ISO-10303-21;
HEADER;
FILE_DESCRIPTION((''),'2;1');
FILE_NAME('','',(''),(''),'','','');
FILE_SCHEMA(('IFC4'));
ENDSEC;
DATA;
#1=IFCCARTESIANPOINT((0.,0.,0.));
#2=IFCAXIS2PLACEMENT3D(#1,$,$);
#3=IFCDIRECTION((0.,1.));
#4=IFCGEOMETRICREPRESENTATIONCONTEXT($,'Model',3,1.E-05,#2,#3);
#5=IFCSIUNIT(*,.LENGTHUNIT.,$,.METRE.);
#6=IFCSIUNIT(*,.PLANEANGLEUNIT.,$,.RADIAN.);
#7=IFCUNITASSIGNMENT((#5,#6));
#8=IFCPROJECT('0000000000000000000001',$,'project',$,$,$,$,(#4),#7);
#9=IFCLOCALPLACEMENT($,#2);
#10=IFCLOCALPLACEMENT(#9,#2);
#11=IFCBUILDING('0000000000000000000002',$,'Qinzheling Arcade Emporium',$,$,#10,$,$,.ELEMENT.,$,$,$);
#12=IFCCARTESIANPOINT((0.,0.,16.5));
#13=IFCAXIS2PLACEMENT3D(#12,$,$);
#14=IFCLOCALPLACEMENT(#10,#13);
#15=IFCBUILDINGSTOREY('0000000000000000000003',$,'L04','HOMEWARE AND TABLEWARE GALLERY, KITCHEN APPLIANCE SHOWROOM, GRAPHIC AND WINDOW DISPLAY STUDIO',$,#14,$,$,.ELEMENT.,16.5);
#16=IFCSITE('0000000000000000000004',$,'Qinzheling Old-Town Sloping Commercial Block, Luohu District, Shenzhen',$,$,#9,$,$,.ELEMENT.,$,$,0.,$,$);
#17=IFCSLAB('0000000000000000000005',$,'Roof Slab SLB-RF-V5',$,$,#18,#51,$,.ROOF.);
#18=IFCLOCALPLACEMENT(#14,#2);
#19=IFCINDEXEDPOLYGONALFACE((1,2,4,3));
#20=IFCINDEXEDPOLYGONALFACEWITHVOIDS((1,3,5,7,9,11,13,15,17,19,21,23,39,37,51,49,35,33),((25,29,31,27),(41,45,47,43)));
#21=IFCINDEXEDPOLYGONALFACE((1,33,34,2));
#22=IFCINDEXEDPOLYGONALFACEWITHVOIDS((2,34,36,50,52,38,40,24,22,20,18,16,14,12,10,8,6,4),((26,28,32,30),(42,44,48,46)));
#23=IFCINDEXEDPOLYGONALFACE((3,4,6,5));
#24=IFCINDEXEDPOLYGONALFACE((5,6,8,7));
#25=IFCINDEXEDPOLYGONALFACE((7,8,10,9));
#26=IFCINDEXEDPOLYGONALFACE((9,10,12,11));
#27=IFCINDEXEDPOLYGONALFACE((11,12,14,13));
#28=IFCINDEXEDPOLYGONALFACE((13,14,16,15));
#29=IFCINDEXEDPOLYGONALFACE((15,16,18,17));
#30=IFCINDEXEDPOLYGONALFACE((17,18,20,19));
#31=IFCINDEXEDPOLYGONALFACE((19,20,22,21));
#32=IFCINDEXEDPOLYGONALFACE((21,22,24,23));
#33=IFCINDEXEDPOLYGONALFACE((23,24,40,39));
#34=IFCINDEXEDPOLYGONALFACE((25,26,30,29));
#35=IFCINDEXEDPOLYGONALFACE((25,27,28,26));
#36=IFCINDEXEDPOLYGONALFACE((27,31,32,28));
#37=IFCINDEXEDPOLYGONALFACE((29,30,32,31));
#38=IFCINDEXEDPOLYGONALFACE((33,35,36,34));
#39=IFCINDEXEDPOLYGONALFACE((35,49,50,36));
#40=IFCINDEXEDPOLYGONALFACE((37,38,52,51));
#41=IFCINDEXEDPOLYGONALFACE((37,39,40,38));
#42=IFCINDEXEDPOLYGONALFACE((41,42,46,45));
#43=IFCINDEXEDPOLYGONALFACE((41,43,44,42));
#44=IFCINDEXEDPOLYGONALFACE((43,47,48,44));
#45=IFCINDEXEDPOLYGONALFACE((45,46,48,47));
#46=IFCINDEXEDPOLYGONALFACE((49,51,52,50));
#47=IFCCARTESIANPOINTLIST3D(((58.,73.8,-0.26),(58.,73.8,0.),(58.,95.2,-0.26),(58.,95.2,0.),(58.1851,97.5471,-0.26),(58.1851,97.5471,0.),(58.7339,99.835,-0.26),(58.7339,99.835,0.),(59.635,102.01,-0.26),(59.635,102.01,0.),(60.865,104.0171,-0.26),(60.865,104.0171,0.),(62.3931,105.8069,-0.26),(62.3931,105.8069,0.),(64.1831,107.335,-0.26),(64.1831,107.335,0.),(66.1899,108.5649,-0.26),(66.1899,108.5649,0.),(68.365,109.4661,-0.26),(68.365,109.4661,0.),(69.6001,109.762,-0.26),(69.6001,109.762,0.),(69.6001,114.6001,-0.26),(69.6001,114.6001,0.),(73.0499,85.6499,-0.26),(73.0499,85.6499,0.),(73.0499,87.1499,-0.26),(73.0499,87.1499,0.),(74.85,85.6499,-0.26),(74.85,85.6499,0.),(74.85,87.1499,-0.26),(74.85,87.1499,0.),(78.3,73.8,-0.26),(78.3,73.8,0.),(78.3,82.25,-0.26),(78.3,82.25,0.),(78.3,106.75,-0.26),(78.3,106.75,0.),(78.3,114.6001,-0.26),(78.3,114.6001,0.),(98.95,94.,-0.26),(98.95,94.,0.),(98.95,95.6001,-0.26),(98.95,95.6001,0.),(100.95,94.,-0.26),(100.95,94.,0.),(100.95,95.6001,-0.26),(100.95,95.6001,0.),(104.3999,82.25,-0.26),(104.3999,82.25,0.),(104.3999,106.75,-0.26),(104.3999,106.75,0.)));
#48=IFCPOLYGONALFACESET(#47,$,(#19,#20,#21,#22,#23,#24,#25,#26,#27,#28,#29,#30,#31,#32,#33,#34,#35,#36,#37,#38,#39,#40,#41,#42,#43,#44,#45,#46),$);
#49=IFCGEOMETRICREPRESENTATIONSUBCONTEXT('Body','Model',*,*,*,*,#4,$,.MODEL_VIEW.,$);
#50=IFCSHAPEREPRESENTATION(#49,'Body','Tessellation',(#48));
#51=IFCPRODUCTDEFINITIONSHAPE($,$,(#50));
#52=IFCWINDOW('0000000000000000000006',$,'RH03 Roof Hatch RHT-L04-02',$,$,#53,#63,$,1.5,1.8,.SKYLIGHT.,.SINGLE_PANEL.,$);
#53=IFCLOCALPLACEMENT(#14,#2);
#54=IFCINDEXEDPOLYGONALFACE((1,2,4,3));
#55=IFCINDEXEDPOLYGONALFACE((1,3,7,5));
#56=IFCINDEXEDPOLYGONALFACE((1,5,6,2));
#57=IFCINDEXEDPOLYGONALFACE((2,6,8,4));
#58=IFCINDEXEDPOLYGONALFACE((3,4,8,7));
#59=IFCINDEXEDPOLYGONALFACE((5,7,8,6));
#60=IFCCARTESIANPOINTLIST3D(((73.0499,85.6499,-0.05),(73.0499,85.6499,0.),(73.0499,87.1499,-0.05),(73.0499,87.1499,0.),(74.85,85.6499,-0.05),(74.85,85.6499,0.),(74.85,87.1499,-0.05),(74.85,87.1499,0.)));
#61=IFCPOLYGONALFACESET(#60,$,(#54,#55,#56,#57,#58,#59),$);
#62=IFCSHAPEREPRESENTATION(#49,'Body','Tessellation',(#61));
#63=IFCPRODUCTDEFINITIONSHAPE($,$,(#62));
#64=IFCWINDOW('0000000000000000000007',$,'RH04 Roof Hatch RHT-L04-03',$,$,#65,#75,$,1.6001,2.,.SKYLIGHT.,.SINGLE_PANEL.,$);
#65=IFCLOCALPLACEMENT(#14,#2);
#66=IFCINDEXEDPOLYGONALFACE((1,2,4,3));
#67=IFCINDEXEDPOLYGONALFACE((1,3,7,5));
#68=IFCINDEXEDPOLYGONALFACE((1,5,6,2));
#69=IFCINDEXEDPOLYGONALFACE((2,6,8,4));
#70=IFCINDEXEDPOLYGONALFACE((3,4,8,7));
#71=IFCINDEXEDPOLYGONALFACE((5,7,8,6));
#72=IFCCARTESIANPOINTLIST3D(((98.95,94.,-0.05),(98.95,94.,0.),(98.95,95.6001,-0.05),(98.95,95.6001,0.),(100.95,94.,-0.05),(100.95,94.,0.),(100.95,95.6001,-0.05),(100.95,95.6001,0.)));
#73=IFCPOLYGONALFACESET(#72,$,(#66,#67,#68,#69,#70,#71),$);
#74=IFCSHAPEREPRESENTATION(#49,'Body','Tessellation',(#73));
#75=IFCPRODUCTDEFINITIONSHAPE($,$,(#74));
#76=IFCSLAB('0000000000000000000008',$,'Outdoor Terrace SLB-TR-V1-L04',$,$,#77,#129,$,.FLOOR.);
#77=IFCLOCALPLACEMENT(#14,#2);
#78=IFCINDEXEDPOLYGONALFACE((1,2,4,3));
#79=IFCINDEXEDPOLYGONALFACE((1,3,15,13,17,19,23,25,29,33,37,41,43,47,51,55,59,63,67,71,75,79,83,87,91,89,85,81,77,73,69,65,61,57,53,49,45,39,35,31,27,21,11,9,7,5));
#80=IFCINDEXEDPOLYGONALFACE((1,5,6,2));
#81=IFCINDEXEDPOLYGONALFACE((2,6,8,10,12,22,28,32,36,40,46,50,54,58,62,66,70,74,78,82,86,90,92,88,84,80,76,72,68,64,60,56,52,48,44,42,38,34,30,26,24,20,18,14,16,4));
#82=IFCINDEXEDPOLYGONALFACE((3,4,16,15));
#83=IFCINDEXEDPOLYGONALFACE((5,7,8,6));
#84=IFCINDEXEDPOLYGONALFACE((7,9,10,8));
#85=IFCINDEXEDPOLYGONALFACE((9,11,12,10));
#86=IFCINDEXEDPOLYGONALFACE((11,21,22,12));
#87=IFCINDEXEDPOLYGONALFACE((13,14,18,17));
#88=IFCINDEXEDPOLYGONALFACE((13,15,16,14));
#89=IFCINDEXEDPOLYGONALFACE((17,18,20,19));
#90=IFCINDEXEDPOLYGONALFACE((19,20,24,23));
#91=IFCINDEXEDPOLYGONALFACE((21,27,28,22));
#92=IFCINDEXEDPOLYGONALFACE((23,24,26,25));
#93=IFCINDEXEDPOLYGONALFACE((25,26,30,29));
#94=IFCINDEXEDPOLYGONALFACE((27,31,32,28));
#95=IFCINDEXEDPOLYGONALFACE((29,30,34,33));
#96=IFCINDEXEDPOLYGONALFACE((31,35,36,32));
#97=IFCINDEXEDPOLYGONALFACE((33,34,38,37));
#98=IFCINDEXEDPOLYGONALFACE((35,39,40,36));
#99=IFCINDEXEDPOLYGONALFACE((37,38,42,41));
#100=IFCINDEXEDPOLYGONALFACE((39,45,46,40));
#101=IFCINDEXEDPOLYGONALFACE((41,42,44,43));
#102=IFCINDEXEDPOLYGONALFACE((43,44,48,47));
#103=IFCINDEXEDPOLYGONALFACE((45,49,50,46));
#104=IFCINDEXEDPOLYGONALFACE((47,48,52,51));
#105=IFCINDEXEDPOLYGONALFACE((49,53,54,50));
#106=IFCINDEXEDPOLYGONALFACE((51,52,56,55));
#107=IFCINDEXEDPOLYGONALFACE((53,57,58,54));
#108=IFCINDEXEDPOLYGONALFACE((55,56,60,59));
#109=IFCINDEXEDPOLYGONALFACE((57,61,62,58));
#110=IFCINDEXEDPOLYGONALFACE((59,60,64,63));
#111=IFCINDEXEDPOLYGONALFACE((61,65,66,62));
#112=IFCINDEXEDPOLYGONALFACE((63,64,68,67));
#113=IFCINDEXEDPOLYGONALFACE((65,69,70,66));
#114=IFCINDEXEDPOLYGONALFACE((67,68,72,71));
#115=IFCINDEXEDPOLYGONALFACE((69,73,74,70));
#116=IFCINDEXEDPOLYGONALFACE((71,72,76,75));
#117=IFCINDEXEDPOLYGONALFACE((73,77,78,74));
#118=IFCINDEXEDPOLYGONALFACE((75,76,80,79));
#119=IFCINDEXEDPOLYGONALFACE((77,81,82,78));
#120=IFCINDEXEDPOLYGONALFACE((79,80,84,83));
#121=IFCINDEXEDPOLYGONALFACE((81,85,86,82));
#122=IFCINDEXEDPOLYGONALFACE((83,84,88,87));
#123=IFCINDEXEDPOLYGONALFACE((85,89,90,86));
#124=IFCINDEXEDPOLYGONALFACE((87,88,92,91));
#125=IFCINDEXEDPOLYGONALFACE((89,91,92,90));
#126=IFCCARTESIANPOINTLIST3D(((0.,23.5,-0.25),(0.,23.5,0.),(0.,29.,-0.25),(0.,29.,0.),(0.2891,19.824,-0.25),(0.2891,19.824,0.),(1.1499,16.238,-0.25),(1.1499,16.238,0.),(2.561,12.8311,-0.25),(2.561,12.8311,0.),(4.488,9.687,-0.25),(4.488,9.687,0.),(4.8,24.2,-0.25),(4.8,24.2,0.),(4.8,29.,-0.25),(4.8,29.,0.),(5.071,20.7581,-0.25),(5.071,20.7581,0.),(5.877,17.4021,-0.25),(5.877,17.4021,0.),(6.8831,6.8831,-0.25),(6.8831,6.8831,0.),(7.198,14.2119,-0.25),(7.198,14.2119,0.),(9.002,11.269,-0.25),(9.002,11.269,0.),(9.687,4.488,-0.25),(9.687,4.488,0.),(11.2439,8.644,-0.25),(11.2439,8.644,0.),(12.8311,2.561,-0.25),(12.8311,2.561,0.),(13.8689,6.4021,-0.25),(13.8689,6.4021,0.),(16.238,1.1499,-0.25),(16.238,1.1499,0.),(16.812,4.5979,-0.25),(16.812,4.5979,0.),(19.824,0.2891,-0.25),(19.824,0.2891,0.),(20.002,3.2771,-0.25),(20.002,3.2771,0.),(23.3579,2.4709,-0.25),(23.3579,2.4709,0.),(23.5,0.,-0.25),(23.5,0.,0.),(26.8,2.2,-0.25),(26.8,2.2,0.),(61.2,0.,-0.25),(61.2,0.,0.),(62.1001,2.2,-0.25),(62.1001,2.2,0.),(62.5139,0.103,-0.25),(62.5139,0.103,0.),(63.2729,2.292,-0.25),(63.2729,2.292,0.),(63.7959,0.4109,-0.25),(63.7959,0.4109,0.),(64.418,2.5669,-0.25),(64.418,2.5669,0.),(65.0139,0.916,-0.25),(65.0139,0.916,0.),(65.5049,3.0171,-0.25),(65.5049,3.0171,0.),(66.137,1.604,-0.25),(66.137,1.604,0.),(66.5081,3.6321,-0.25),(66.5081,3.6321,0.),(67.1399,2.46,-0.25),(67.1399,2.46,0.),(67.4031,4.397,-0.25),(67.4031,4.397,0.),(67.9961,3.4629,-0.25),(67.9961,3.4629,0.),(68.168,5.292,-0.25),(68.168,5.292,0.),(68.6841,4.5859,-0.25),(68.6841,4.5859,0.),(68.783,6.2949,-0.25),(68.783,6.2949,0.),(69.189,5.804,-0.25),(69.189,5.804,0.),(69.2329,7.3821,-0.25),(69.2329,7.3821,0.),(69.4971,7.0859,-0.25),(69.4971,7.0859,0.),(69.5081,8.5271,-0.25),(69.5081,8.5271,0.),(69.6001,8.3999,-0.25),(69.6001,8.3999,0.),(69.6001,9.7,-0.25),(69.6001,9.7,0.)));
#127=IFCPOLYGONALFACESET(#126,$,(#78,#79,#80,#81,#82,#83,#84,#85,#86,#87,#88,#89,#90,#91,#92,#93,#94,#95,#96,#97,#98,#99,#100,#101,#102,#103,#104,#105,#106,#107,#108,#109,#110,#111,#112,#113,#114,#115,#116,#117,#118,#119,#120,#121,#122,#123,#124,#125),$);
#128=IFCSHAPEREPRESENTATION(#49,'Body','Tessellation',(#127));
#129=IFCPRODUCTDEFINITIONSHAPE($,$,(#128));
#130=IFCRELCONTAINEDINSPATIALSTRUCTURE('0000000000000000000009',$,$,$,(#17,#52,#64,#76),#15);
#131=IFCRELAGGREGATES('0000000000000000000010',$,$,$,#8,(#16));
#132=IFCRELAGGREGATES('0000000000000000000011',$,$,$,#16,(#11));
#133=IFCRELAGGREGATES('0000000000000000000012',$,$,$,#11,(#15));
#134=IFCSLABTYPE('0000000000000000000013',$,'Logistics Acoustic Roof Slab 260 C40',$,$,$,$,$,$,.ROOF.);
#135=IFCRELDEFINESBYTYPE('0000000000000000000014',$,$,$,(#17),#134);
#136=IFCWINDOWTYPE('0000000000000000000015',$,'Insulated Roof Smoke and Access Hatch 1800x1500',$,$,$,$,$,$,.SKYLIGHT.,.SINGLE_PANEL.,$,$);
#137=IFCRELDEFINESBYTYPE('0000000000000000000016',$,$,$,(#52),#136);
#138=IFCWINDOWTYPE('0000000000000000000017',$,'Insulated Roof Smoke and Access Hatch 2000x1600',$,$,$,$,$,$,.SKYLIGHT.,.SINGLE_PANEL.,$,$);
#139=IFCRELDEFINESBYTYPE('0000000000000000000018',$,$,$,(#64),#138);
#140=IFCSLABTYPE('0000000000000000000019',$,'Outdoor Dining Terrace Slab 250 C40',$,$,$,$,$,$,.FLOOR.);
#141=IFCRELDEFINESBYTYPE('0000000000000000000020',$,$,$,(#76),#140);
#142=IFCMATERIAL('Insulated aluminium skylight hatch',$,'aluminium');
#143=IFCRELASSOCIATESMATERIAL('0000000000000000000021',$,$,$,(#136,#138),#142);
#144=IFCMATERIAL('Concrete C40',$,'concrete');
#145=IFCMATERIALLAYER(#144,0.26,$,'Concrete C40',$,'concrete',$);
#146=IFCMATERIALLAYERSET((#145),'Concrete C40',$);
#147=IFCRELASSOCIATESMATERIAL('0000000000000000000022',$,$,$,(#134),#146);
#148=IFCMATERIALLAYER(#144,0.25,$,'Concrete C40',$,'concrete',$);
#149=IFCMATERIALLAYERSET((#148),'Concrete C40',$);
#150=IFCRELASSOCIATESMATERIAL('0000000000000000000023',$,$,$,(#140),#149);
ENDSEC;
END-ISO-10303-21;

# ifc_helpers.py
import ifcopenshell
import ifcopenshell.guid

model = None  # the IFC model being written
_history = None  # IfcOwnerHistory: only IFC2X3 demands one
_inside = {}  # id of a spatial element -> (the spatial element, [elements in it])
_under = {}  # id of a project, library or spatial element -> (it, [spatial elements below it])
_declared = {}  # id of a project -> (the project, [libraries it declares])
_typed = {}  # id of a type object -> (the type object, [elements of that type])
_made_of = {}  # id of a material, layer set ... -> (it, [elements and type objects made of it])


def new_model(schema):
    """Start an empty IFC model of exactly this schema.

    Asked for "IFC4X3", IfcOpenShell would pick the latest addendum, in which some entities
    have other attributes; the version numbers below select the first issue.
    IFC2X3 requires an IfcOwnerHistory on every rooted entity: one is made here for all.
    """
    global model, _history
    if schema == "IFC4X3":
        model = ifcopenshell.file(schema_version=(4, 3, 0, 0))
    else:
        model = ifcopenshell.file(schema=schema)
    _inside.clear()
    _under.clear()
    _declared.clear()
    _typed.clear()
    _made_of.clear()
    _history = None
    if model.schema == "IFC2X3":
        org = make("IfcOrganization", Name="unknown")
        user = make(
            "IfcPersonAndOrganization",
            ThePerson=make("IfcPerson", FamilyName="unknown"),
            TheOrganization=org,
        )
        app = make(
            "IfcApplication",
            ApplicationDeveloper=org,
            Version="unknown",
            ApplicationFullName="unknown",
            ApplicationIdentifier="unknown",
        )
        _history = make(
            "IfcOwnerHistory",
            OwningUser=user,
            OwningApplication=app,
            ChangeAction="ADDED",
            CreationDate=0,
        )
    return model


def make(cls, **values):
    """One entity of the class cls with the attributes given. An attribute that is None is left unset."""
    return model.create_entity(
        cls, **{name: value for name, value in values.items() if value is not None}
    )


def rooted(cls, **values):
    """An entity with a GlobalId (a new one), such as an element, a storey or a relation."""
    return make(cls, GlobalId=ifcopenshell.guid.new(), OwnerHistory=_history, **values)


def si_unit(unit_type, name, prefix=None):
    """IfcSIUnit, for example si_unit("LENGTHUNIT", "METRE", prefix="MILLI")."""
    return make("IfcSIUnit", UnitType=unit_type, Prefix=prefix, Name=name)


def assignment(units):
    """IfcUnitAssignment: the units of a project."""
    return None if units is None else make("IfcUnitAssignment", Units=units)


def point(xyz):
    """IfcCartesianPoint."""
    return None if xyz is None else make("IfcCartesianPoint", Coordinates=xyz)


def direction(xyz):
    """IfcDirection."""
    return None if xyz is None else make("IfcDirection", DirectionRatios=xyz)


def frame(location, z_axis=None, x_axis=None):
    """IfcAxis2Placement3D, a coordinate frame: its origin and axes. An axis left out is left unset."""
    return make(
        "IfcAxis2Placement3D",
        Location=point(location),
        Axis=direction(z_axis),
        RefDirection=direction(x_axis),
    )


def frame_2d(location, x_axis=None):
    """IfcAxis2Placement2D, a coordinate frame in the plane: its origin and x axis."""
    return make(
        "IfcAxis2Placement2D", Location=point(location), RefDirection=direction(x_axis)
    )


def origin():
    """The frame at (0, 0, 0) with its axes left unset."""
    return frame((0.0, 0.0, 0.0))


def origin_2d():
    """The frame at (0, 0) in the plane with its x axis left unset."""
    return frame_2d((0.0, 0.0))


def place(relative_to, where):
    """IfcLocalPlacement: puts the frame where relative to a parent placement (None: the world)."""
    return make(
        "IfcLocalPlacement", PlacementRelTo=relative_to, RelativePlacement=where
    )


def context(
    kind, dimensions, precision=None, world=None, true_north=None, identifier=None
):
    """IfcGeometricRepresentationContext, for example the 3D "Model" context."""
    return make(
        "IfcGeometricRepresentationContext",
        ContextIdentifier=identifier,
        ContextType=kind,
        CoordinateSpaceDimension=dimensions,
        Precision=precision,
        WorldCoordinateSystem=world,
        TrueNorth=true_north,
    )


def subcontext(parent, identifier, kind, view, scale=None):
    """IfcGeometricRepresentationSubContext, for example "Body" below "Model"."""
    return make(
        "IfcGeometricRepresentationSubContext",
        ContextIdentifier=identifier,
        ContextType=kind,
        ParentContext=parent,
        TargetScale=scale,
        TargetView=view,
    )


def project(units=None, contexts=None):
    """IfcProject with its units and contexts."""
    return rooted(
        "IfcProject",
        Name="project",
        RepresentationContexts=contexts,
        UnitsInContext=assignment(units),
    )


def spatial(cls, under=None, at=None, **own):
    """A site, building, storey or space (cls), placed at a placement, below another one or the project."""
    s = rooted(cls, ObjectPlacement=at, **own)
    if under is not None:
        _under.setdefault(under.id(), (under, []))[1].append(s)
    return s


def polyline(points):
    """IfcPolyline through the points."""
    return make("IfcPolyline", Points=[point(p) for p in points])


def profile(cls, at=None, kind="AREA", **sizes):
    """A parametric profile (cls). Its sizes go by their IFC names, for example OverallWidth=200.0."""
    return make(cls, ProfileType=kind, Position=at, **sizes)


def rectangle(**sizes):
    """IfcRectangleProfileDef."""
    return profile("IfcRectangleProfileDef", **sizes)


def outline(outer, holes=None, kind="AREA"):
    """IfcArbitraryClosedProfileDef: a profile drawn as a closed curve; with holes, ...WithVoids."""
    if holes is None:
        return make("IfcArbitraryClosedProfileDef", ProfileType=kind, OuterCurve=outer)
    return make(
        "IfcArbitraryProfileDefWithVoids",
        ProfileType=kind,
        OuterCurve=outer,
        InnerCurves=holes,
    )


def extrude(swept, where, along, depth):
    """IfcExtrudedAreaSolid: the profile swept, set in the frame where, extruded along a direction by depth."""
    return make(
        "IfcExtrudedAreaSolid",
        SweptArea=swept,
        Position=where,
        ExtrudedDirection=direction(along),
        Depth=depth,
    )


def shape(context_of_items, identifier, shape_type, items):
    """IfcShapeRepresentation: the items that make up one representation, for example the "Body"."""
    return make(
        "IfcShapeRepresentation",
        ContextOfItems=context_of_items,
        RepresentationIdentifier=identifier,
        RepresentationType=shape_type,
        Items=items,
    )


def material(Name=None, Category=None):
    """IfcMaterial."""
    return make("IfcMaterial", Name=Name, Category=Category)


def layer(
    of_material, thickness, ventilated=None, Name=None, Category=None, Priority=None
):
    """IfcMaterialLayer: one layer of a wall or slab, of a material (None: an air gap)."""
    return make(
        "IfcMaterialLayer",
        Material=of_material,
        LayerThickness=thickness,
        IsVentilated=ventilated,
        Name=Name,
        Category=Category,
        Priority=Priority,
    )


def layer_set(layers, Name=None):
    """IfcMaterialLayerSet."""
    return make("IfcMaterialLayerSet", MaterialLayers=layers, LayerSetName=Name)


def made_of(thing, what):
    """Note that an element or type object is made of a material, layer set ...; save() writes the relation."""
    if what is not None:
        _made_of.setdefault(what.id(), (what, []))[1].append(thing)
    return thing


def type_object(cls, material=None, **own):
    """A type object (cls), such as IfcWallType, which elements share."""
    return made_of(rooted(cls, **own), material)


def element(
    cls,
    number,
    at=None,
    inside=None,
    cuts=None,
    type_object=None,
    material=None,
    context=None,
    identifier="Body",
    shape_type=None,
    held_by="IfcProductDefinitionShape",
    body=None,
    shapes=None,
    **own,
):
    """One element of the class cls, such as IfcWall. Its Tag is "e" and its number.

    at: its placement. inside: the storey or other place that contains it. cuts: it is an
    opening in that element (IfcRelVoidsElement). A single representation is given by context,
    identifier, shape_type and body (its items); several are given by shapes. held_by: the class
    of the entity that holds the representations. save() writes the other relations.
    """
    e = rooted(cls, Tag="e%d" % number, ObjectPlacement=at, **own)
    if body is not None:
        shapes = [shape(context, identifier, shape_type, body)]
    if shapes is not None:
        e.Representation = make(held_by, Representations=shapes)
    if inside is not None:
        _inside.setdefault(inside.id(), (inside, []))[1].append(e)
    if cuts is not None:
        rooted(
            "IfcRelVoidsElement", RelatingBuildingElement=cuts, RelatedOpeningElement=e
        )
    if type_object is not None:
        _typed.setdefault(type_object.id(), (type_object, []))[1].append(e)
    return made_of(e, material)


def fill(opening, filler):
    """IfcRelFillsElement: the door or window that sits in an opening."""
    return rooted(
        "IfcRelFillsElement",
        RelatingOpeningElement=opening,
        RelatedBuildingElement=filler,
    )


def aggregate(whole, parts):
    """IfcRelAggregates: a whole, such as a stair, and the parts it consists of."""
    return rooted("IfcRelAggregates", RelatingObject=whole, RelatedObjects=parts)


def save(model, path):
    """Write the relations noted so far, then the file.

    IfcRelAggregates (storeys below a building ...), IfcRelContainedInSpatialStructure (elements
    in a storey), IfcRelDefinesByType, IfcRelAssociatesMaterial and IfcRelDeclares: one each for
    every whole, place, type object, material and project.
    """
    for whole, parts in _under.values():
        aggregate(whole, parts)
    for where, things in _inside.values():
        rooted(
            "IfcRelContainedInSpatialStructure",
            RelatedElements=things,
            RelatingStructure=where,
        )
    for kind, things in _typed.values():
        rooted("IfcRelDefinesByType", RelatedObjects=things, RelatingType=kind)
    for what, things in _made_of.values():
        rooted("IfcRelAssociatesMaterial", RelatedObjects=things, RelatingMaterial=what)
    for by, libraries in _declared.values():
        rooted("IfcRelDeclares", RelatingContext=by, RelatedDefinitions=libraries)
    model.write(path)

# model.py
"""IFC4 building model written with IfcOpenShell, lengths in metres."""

from ifc_helpers import new_model, si_unit, direction, frame, origin, origin_2d, place, context, subcontext, project, spatial, polyline, rectangle, outline, extrude, material, layer, layer_set, type_object, element, fill, save


model = new_model("IFC4")

# Units and contexts
model_context = context("Model", 3, precision=1e-05, world=origin(), true_north=direction((0.0, 1.0)))
body_context = subcontext(model_context, "Body", "Model", "MODEL_VIEW")
ifc_project = project(units=[si_unit("LENGTHUNIT", "METRE"), si_unit("PLANEANGLEUNIT", "RADIAN")], contexts=[model_context])

# Site, building, storey
site_placement = place(None, origin())
site = spatial("IfcSite", under=ifc_project, at=site_placement, Name="Qinzheling Old-Town Sloping Commercial Block, Luohu District, Shenzhen", CompositionType="ELEMENT", RefElevation=0.0)
building_placement = place(site_placement, origin())
building = spatial("IfcBuilding", under=site, at=building_placement, Name="Qinzheling Arcade Emporium", CompositionType="ELEMENT")
storey_placement = place(building_placement, frame((0.0, 0.0, 16.5)))
storey = spatial("IfcBuildingStorey", under=building, at=storey_placement, Name="L04", Description="HOMEWARE AND TABLEWARE GALLERY, KITCHEN APPLIANCE SHOWROOM, GRAPHIC AND WINDOW DISPLAY STUDIO", CompositionType="ELEMENT", Elevation=16.5)

# Shared definitions
ifc_material_1 = material(Name="Concrete C40", Category="concrete")
ifc_material_2 = material(Name="Insulated aluminium skylight hatch", Category="aluminium")

# Shared definitions
window_type_1 = type_object("IfcWindowType", Name="Insulated Roof Smoke and Access Hatch 1800x1500", PartitioningType="SINGLE_PANEL", PredefinedType="SKYLIGHT", material=ifc_material_2)

# Slab, openings, windows
ifc_layer_1 = layer(ifc_material_1, 0.26, Name="Concrete C40", Category="concrete")
ifc_layer_set_1 = layer_set([ifc_layer_1], Name="Concrete C40")
slab_type_1 = type_object("IfcSlabType", Name="Logistics Acoustic Roof Slab 260 C40", PredefinedType="ROOF", material=ifc_layer_set_1)
slab_1_placement = place(storey_placement, frame((0.0, 0.0, -0.26)))
slab_1 = element("IfcSlab", 1, at=slab_1_placement, inside=storey, type_object=slab_type_1, Name="Roof Slab SLB-RF-V5", PredefinedType="ROOF", context=body_context, shape_type="SweptSolid", body=[
    extrude(outline(polyline([(78.3, 73.8), (78.3, 82.25), (104.3999, 82.25), (104.3999, 106.75), (78.3, 106.75), (78.3, 114.6001), (69.6001, 114.6001), (69.6001, 109.762), (68.365, 109.4661), (66.1899, 108.5649), (64.1831, 107.335), (62.3931, 105.8069), (60.865, 104.0171), (59.635, 102.01), (58.7339, 99.835), (58.1851, 97.5471), (58.0, 95.2), (58.0, 73.8), (69.6001, 73.8), (78.3, 73.8)])), origin(), (0.0, 0.0, 1.0), 0.26),
])
opening_1_placement = place(slab_1_placement, frame((73.95, 86.3999, -0.01)))
opening_1 = element("IfcOpeningElement", 2, at=opening_1_placement, cuts=slab_1, PredefinedType="OPENING", context=body_context, shape_type="SweptSolid", body=[
    extrude(rectangle(XDim=1.8, YDim=1.5, at=origin_2d()), origin(), (0.0, 0.0, 1.0), 0.28),
])
opening_2_placement = place(slab_1_placement, frame((99.95, 94.8, -0.01)))
opening_2 = element("IfcOpeningElement", 3, at=opening_2_placement, cuts=slab_1, PredefinedType="OPENING", context=body_context, shape_type="SweptSolid", body=[
    extrude(rectangle(XDim=2.0, YDim=1.6001, at=origin_2d()), origin(), (0.0, 0.0, 1.0), 0.28),
])
window_1_placement = place(opening_1_placement, frame((0.0, 0.0, 0.22)))
window_1 = element("IfcWindow", 4, at=window_1_placement, inside=storey, type_object=window_type_1, Name="RH03 Roof Hatch RHT-L04-02", OverallHeight=1.5, OverallWidth=1.8, PartitioningType="SINGLE_PANEL", PredefinedType="SKYLIGHT", context=body_context, shape_type="SweptSolid", body=[
    extrude(rectangle(XDim=1.8, YDim=1.5, at=origin_2d()), origin(), (0.0, 0.0, 1.0), 0.05),
])
fill(opening_1, window_1)
window_type_2 = type_object("IfcWindowType", Name="Insulated Roof Smoke and Access Hatch 2000x1600", PartitioningType="SINGLE_PANEL", PredefinedType="SKYLIGHT", material=ifc_material_2)
window_2_placement = place(opening_2_placement, frame((0.0, 0.0, 0.22)))
window_2 = element("IfcWindow", 5, at=window_2_placement, inside=storey, type_object=window_type_2, Name="RH04 Roof Hatch RHT-L04-03", OverallHeight=1.6001, OverallWidth=2.0, PartitioningType="SINGLE_PANEL", PredefinedType="SKYLIGHT", context=body_context, shape_type="SweptSolid", body=[
    extrude(rectangle(XDim=2.0, YDim=1.6001, at=origin_2d()), origin(), (0.0, 0.0, 1.0), 0.05),
])
fill(opening_2, window_2)

# Slab
ifc_layer_2 = layer(ifc_material_1, 0.25, Name="Concrete C40", Category="concrete")
ifc_layer_set_2 = layer_set([ifc_layer_2], Name="Concrete C40")
slab_type_2 = type_object("IfcSlabType", Name="Outdoor Dining Terrace Slab 250 C40", PredefinedType="FLOOR", material=ifc_layer_set_2)
slab_2_placement = place(storey_placement, frame((0.0, 0.0, -0.25)))
element("IfcSlab", 6, at=slab_2_placement, inside=storey, type_object=slab_type_2, Name="Outdoor Terrace SLB-TR-V1-L04", PredefinedType="FLOOR", context=body_context, shape_type="SweptSolid", body=[
    extrude(outline(polyline([(69.6001, 8.3999), (69.6001, 9.7), (69.5081, 8.5271), (69.2329, 7.3821), (68.783, 6.2949), (68.168, 5.292), (67.4031, 4.397), (66.5081, 3.6321), (65.5049, 3.0171), (64.418, 2.5669), (63.2729, 2.292), (62.1001, 2.2), (26.8, 2.2), (23.3579, 2.4709), (20.002, 3.2771), (16.812, 4.5979), (13.8689, 6.4021), (11.2439, 8.644), (9.002, 11.269), (7.198, 14.2119), (5.877, 17.4021), (5.071, 20.7581), (4.8, 24.2), (4.8, 29.0), (0.0, 29.0), (0.0, 23.5), (0.2891, 19.824), (1.1499, 16.238), (2.561, 12.8311), (4.488, 9.687), (6.8831, 6.8831), (9.687, 4.488), (12.8311, 2.561), (16.238, 1.1499), (19.824, 0.2891), (23.5, 0.0), (61.2, 0.0), (62.5139, 0.103), (63.7959, 0.4109), (65.0139, 0.916), (66.137, 1.604), (67.1399, 2.46), (67.9961, 3.4629), (68.6841, 4.5859), (69.189, 5.804), (69.4971, 7.0859), (69.6001, 8.3999)])), origin(), (0.0, 0.0, 1.0), 0.25),
])

save(model, "model.ifc")
